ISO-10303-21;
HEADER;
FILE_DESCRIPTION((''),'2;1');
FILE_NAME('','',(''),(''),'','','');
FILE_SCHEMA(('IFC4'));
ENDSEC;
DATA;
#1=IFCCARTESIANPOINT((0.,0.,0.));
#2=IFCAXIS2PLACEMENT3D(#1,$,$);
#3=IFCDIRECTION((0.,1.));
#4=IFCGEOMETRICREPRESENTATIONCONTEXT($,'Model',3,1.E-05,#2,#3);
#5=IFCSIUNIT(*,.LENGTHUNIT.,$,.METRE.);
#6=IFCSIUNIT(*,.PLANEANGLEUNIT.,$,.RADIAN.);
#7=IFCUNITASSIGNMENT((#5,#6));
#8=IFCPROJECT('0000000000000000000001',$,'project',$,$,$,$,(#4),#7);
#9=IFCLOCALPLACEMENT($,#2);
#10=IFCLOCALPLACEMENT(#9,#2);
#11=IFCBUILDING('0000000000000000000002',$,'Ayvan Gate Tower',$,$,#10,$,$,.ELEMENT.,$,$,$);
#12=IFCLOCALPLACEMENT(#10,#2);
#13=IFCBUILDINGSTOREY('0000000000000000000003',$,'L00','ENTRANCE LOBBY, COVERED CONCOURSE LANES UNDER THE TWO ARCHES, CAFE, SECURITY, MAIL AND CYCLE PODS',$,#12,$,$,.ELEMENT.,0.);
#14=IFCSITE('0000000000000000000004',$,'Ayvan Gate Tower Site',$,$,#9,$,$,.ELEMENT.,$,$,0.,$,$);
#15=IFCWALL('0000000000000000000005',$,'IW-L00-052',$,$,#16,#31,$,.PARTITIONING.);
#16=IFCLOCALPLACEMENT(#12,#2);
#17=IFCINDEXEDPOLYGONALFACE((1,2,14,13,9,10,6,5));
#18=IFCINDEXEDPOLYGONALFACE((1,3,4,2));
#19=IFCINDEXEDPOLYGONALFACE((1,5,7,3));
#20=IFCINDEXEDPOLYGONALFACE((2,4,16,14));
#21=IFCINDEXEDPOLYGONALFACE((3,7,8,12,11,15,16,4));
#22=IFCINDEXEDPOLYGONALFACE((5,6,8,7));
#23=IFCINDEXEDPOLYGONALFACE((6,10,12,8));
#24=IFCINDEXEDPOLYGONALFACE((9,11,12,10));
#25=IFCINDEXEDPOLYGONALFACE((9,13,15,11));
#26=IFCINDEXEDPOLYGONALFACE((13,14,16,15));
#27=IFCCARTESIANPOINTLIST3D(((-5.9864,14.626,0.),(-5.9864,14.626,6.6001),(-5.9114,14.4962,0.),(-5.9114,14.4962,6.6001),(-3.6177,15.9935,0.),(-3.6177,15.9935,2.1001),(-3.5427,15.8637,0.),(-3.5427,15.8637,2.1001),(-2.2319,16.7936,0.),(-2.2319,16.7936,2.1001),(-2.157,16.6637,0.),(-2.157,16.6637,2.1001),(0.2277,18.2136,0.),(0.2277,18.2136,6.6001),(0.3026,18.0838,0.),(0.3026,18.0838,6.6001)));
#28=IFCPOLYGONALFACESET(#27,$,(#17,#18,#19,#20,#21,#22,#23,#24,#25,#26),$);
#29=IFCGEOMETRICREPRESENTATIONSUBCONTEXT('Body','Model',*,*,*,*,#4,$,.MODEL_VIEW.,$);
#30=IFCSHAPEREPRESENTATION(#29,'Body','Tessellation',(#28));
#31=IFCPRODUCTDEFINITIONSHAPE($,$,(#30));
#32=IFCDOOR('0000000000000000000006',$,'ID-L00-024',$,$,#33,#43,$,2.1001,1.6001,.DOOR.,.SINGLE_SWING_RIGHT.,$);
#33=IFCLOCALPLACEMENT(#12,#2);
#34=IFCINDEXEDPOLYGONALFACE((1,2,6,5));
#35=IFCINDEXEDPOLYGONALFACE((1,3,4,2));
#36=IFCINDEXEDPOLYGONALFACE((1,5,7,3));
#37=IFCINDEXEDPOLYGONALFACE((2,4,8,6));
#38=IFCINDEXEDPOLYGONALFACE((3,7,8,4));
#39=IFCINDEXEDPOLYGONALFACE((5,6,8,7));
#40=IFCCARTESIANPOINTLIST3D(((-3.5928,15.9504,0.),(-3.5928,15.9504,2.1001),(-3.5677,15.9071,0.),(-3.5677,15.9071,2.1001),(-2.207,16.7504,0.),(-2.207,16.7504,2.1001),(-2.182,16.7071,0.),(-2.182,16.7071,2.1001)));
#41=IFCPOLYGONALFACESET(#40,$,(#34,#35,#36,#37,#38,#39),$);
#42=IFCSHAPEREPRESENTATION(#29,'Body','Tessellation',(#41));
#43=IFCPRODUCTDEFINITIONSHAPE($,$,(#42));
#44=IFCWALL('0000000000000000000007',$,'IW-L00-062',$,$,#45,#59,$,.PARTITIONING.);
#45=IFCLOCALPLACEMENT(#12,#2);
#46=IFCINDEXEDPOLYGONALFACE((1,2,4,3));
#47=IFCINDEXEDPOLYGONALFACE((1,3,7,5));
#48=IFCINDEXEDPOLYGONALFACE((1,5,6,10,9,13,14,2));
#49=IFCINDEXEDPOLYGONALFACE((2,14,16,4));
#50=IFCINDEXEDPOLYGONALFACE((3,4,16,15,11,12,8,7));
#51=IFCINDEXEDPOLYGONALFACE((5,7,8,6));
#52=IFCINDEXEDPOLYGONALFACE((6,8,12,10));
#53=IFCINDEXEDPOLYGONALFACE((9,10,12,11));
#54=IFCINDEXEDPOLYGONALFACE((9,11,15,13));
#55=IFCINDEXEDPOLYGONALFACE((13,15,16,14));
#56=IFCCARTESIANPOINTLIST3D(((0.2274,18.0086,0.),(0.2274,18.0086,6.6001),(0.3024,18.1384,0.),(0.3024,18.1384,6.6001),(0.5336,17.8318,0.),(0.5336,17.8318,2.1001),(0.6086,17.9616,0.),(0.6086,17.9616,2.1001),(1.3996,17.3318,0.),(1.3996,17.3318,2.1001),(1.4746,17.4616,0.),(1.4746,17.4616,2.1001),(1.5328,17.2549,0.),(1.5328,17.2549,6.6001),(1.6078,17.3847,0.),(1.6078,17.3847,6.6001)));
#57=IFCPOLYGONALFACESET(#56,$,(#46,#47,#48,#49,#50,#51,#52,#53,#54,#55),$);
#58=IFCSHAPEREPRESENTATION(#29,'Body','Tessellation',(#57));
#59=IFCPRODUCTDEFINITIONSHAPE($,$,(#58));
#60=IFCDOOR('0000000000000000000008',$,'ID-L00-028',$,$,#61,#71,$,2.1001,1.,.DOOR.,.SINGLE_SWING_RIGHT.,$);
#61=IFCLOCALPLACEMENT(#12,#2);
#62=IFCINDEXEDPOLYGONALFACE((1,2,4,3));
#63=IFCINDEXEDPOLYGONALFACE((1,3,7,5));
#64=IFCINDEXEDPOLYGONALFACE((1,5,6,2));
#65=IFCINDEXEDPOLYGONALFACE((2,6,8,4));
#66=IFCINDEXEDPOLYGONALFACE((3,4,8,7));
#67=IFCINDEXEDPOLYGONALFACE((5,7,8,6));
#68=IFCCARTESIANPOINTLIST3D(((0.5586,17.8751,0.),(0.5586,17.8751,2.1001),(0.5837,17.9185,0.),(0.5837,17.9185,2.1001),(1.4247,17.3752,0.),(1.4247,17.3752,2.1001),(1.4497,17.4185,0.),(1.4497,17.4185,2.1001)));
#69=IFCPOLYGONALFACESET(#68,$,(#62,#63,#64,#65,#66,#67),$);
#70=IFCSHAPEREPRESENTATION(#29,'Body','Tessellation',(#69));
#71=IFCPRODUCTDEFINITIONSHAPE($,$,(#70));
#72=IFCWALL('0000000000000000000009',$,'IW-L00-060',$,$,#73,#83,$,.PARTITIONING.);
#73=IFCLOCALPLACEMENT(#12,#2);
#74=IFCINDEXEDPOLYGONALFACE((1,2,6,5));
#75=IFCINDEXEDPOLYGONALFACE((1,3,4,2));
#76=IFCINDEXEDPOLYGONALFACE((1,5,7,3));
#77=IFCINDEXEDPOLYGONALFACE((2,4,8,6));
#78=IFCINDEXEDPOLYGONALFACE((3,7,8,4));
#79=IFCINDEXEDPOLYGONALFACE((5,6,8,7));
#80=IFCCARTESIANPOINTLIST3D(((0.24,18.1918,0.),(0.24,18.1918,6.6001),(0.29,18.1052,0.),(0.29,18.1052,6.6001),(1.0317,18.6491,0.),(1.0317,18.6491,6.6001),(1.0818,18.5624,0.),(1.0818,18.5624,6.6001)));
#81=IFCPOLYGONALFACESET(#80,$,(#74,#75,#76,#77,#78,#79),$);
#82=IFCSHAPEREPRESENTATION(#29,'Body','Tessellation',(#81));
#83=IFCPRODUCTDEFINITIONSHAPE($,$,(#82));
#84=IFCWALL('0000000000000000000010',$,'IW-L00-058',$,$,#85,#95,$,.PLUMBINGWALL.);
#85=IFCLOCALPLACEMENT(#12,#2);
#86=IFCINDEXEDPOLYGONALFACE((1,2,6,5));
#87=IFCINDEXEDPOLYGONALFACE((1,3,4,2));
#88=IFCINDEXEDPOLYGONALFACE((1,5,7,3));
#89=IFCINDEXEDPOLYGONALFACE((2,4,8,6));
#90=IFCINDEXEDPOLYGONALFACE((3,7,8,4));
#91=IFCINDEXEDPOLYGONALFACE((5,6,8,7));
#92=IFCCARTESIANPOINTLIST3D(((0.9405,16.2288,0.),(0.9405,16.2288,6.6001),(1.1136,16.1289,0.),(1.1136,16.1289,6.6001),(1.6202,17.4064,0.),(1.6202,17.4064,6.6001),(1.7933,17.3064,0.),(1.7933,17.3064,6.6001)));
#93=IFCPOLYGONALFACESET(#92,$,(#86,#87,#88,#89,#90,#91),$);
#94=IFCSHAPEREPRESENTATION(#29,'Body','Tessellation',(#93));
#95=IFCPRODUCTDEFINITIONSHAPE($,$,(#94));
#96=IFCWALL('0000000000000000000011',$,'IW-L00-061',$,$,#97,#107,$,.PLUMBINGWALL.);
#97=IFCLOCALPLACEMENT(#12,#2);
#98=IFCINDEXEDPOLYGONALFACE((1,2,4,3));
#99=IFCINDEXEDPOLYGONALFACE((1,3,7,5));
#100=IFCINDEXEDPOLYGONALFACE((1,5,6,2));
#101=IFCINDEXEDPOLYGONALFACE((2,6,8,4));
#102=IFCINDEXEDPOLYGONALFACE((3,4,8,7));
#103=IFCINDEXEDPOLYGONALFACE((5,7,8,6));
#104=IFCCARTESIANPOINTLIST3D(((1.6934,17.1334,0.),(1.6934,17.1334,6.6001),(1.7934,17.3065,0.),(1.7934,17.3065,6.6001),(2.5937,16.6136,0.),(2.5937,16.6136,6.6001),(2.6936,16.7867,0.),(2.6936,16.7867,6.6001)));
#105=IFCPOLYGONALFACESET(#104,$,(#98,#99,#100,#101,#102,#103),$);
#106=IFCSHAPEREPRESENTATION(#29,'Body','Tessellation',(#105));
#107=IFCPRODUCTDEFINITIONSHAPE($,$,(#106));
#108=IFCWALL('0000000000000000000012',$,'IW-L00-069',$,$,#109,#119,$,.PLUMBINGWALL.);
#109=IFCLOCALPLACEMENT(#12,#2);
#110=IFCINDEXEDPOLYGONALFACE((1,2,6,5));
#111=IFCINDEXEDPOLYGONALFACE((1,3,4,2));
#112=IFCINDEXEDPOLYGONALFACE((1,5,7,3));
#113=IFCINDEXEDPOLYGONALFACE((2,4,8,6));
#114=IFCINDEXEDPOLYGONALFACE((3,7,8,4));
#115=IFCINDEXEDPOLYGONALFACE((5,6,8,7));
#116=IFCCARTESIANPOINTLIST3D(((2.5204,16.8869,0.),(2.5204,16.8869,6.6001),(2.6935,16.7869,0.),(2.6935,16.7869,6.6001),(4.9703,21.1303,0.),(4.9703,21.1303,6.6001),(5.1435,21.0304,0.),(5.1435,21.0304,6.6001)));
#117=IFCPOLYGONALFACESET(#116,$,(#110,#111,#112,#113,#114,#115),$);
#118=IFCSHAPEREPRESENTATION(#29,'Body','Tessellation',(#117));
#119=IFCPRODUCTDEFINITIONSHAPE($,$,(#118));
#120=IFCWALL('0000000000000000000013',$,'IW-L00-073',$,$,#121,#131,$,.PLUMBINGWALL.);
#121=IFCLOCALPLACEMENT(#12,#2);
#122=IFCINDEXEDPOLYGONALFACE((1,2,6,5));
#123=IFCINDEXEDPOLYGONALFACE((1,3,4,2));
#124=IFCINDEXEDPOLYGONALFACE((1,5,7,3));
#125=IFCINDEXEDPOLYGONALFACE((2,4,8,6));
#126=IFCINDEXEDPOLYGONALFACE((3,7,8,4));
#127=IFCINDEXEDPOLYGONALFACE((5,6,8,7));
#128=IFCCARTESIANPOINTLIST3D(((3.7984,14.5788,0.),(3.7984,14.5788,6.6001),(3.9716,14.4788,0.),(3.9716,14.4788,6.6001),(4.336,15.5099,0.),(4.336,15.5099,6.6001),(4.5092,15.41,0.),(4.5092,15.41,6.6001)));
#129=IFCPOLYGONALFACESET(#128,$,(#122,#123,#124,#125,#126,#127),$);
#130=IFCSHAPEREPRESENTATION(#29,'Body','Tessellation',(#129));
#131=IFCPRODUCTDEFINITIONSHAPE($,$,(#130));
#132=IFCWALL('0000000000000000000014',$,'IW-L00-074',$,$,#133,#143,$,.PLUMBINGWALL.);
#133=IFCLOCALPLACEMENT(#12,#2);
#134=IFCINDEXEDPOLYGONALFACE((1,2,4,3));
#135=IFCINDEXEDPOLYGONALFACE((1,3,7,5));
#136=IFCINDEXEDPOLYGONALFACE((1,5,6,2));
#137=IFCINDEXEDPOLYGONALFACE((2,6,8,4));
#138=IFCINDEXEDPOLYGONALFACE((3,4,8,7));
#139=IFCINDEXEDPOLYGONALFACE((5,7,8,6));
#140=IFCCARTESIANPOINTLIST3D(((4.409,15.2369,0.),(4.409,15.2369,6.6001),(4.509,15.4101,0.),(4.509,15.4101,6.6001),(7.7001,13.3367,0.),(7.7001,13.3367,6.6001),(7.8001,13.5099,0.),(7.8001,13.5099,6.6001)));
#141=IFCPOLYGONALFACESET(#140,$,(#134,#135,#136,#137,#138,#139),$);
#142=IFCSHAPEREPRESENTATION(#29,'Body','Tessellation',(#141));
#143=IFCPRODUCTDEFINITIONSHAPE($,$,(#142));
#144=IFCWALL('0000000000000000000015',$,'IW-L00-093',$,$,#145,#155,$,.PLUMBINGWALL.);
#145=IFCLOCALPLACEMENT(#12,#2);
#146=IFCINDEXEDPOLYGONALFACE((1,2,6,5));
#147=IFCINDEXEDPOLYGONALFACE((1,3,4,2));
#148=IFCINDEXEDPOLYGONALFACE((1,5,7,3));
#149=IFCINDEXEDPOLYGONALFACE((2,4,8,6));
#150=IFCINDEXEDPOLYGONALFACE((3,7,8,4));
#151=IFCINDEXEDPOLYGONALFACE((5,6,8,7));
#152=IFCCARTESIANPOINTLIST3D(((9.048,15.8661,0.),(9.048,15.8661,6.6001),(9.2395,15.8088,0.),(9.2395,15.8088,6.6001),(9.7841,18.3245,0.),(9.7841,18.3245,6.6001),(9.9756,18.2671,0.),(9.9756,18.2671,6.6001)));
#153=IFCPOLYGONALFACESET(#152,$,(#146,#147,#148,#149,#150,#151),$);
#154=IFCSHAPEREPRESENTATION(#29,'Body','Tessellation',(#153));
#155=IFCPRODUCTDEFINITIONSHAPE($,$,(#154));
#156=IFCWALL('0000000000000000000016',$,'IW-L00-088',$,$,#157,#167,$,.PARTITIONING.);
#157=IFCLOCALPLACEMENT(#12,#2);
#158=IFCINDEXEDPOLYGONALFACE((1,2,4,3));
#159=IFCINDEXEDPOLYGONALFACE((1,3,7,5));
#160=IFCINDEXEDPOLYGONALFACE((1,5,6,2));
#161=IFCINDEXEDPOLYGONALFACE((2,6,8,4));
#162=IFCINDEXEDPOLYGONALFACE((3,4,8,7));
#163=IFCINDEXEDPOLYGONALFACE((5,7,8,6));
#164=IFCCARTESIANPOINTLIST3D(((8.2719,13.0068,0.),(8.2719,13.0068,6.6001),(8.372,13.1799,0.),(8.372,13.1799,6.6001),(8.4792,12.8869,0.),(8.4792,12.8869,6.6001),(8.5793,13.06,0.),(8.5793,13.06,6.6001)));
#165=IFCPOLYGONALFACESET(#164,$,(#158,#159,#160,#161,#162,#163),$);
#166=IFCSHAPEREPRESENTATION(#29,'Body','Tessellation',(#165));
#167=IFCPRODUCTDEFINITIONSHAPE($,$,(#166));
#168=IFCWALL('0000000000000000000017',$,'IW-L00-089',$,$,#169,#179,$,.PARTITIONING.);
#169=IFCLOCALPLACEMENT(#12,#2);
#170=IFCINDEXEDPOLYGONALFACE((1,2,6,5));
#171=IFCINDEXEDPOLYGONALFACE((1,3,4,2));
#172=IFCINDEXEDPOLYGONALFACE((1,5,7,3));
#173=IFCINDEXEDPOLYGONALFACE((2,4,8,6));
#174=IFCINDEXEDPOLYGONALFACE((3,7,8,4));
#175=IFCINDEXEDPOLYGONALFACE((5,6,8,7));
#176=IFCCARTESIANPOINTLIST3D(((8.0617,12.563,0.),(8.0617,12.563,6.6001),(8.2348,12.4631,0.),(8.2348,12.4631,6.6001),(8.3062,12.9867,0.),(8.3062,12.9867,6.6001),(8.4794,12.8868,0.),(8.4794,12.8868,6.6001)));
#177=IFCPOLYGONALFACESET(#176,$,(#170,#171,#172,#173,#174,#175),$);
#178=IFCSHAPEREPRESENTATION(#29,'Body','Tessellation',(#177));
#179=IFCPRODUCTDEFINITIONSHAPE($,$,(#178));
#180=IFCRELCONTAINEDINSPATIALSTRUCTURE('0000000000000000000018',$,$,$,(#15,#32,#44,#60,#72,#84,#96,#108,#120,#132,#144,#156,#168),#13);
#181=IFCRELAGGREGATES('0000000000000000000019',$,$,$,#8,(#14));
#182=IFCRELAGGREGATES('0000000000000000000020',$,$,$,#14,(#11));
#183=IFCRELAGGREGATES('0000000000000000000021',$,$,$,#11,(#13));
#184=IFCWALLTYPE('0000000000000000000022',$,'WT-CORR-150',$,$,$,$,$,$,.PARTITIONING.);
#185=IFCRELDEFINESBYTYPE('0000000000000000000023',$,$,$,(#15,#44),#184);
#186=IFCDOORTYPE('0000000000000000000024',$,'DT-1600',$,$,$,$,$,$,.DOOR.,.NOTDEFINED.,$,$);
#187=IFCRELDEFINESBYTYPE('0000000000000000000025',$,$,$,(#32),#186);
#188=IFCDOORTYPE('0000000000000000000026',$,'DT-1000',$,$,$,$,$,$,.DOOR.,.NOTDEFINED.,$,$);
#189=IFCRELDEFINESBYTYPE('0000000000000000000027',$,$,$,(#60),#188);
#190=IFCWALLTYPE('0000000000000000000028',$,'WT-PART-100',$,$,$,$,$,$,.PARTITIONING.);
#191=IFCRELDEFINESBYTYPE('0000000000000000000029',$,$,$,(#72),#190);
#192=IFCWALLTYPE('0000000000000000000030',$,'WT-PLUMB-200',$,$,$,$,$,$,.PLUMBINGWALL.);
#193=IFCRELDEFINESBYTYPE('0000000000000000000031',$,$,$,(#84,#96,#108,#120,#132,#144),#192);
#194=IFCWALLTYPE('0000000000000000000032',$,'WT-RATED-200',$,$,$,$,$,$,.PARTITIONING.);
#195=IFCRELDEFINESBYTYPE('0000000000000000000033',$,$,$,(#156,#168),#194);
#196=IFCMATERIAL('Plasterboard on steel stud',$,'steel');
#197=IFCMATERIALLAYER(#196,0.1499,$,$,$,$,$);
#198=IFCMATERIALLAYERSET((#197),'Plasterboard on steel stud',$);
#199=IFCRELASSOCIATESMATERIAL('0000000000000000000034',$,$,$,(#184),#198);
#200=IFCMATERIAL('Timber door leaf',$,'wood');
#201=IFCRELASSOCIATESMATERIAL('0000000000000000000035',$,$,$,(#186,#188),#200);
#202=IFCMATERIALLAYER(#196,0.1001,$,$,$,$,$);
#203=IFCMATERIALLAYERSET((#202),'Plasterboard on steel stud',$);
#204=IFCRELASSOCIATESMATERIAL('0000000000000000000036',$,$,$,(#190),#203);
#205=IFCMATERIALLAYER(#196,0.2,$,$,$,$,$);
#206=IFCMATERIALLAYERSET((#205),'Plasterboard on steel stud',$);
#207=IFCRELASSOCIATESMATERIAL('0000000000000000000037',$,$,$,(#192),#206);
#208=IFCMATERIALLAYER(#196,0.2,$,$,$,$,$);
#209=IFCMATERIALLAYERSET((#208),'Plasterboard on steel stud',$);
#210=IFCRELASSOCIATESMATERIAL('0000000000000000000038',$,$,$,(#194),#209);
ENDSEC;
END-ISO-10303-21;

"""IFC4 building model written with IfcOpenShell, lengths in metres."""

from ifc_helpers import new_model, si_unit, direction, frame, frame_2d, origin, place, context, subcontext, project, spatial, rectangle, extrude, material, layer, layer_set, type_object, element, fill, save


model = new_model("IFC4")

# Units and contexts
model_context = context("Model", 3, precision=1e-05, world=origin(), true_north=direction((0.0, 1.0)))
body_context = subcontext(model_context, "Body", "Model", "MODEL_VIEW")
ifc_project = project(units=[si_unit("LENGTHUNIT", "METRE"), si_unit("PLANEANGLEUNIT", "RADIAN")], contexts=[model_context])

# Site, building, storey
site_placement = place(None, origin())
site = spatial("IfcSite", under=ifc_project, at=site_placement, Name="Ayvan Gate Tower Site", CompositionType="ELEMENT", RefElevation=0.0)
building_placement = place(site_placement, origin())
building = spatial("IfcBuilding", under=site, at=building_placement, Name="Ayvan Gate Tower", CompositionType="ELEMENT")
storey_placement = place(building_placement, origin())
storey = spatial("IfcBuildingStorey", under=building, at=storey_placement, Name="L00", Description="ENTRANCE LOBBY, COVERED CONCOURSE LANES UNDER THE TWO ARCHES, CAFE, SECURITY, MAIL AND CYCLE PODS", CompositionType="ELEMENT", Elevation=0.0)

# Walls, openings, doors
ifc_material_1 = material(Name="Plasterboard on steel stud", Category="steel")
ifc_layer_1 = layer(ifc_material_1, 0.1499)
ifc_layer_set_1 = layer_set([ifc_layer_1], Name="Plasterboard on steel stud")
wall_type_1 = type_object("IfcWallType", Name="WT-CORR-150", PredefinedType="PARTITIONING", material=ifc_layer_set_1)
wall_1_placement = place(storey_placement, frame((0.2651, 18.1487, 0.0), z_axis=(0.0, 0.0, 1.0), x_axis=(-0.86603, -0.499992, 0.0)))
wall_1 = element("IfcWall", 1, at=wall_1_placement, inside=storey, type_object=wall_type_1, Name="IW-L00-052", PredefinedType="PARTITIONING", context=body_context, shape_type="SweptSolid", body=[
    extrude(rectangle(XDim=7.1753, YDim=0.1499, at=frame_2d((3.5876, 0.0))), origin(), (0.0, 0.0, 1.0), 6.6001),
])
opening_1_placement = place(wall_1_placement, frame((2.8401, 0.0, 0.0)))
opening_1 = element("IfcOpeningElement", 2, at=opening_1_placement, cuts=wall_1, PredefinedType="OPENING", context=body_context, shape_type="SweptSolid", body=[
    extrude(rectangle(XDim=1.6001, YDim=2.1001, at=frame_2d((0.8, 1.05))), frame((0.0, 0.085, 0.0), z_axis=(0.0, -1.0, 0.0), x_axis=(1.0, 0.0, 0.0)), (0.0, 0.0, 1.0), 0.1699),
])
ifc_material_2 = material(Name="Timber door leaf", Category="wood")
door_type_1 = type_object("IfcDoorType", Name="DT-1600", OperationType="NOTDEFINED", PredefinedType="DOOR", material=ifc_material_2)
door_1_placement = place(opening_1_placement, origin())
door_1 = element("IfcDoor", 3, at=door_1_placement, inside=storey, type_object=door_type_1, Name="ID-L00-024", OperationType="SINGLE_SWING_RIGHT", OverallHeight=2.1001, OverallWidth=1.6001, PredefinedType="DOOR", context=body_context, shape_type="SweptSolid", body=[
    extrude(rectangle(XDim=1.6001, YDim=2.1001, at=frame_2d((0.8, 1.05))), frame((0.0, 0.0249, 0.0), z_axis=(0.0, -1.0, 0.0), x_axis=(1.0, 0.0, 0.0)), (0.0, 0.0, 1.0), 0.05),
])
fill(opening_1, door_1)
wall_2_placement = place(storey_placement, frame((1.5703, 17.3198, 0.0), z_axis=(0.0, 0.0, 1.0), x_axis=(-0.866032, 0.499989, 0.0)))
wall_2 = element("IfcWall", 4, at=wall_2_placement, inside=storey, type_object=wall_type_1, Name="IW-L00-062", PredefinedType="PARTITIONING", context=body_context, shape_type="SweptSolid", body=[
    extrude(rectangle(XDim=1.5073, YDim=0.1499, at=frame_2d((0.7537, 0.0))), origin(), (0.0, 0.0, 1.0), 6.6001),
])
opening_2_placement = place(wall_2_placement, frame((0.1538, 0.0, 0.0)))
opening_2 = element("IfcOpeningElement", 5, at=opening_2_placement, cuts=wall_2, PredefinedType="OPENING", context=body_context, shape_type="SweptSolid", body=[
    extrude(rectangle(XDim=1.0, YDim=2.1001, at=frame_2d((0.5, 1.05))), frame((0.0, 0.085, 0.0), z_axis=(0.0, -1.0, 0.0), x_axis=(1.0, 0.0, 0.0)), (0.0, 0.0, 1.0), 0.1699),
])
door_type_2 = type_object("IfcDoorType", Name="DT-1000", OperationType="NOTDEFINED", PredefinedType="DOOR", material=ifc_material_2)
door_2_placement = place(opening_2_placement, origin())
door_2 = element("IfcDoor", 6, at=door_2_placement, inside=storey, type_object=door_type_2, Name="ID-L00-028", OperationType="SINGLE_SWING_RIGHT", OverallHeight=2.1001, OverallWidth=1.0, PredefinedType="DOOR", context=body_context, shape_type="SweptSolid", body=[
    extrude(rectangle(XDim=1.0, YDim=2.1001, at=frame_2d((0.5, 1.05))), frame((0.0, 0.0249, 0.0), z_axis=(0.0, -1.0, 0.0), x_axis=(1.0, 0.0, 0.0)), (0.0, 0.0, 1.0), 0.05),
])
fill(opening_2, door_2)

# Walls
ifc_layer_2 = layer(ifc_material_1, 0.1001)
ifc_layer_set_2 = layer_set([ifc_layer_2], Name="Plasterboard on steel stud")
wall_type_2 = type_object("IfcWallType", Name="WT-PART-100", PredefinedType="PARTITIONING", material=ifc_layer_set_2)
wall_3_placement = place(storey_placement, frame((1.0566, 18.6057, 0.0), z_axis=(0.0, 0.0, 1.0), x_axis=(-0.86595, -0.500131, 0.0)))
element("IfcWall", 7, at=wall_3_placement, inside=storey, type_object=wall_type_2, Name="IW-L00-060", PredefinedType="PARTITIONING", context=body_context, shape_type="SweptSolid", body=[
    extrude(rectangle(XDim=0.9143, YDim=0.1001, at=frame_2d((0.457, 0.0))), origin(), (0.0, 0.0, 1.0), 6.6001),
])
ifc_layer_3 = layer(ifc_material_1, 0.2)
ifc_layer_set_3 = layer_set([ifc_layer_3], Name="Plasterboard on steel stud")
wall_type_3 = type_object("IfcWallType", Name="WT-PLUMB-200", PredefinedType="PLUMBINGWALL", material=ifc_layer_set_3)
wall_4_placement = place(storey_placement, frame((1.0271, 16.179, 0.0), z_axis=(0.0, 0.0, 1.0), x_axis=(0.499925, 0.866069, 0.0)))
element("IfcWall", 8, at=wall_4_placement, inside=storey, type_object=wall_type_3, Name="IW-L00-058", PredefinedType="PLUMBINGWALL", context=body_context, shape_type="SweptSolid", body=[
    extrude(rectangle(XDim=1.3596, YDim=0.2, at=frame_2d((0.6797, 0.0))), origin(), (0.0, 0.0, 1.0), 6.6001),
])
wall_5_placement = place(storey_placement, frame((1.7434, 17.22, 0.0), z_axis=(0.0, 0.0, 1.0), x_axis=(0.865994, -0.500055, 0.0)))
element("IfcWall", 9, at=wall_5_placement, inside=storey, type_object=wall_type_3, Name="IW-L00-061", PredefinedType="PLUMBINGWALL", context=body_context, shape_type="SweptSolid", body=[
    extrude(rectangle(XDim=1.0396, YDim=0.2, at=frame_2d((0.5198, 0.0))), origin(), (0.0, 0.0, 1.0), 6.6001),
])
wall_6_placement = place(storey_placement, frame((2.6069, 16.8369, 0.0), z_axis=(0.0, 0.0, 1.0), x_axis=(0.500003, 0.866024, 0.0)))
element("IfcWall", 10, at=wall_6_placement, inside=storey, type_object=wall_type_3, Name="IW-L00-069", PredefinedType="PLUMBINGWALL", context=body_context, shape_type="SweptSolid", body=[
    extrude(rectangle(XDim=4.8999, YDim=0.2, at=frame_2d((2.45, 0.0))), origin(), (0.0, 0.0, 1.0), 6.6001),
])
wall_7_placement = place(storey_placement, frame((3.885, 14.5288, 0.0), z_axis=(0.0, 0.0, 1.0), x_axis=(0.499998, 0.866027, 0.0)))
element("IfcWall", 11, at=wall_7_placement, inside=storey, type_object=wall_type_3, Name="IW-L00-073", PredefinedType="PLUMBINGWALL", context=body_context, shape_type="SweptSolid", body=[
    extrude(rectangle(XDim=1.0752, YDim=0.2, at=frame_2d((0.5376, 0.0))), origin(), (0.0, 0.0, 1.0), 6.6001),
])
wall_8_placement = place(storey_placement, frame((4.459, 15.3235, 0.0), z_axis=(0.0, 0.0, 1.0), x_axis=(0.866017, -0.500015, 0.0)))
element("IfcWall", 12, at=wall_8_placement, inside=storey, type_object=wall_type_3, Name="IW-L00-074", PredefinedType="PLUMBINGWALL", context=body_context, shape_type="SweptSolid", body=[
    extrude(rectangle(XDim=3.8003, YDim=0.2, at=frame_2d((1.9001, 0.0))), origin(), (0.0, 0.0, 1.0), 6.6001),
])
wall_9_placement = place(storey_placement, frame((9.8799, 18.2959, 0.0), z_axis=(0.0, 0.0, 1.0), x_axis=(-0.28685, -0.957975, 0.0)))
element("IfcWall", 13, at=wall_9_placement, inside=storey, type_object=wall_type_3, Name="IW-L00-093", PredefinedType="PLUMBINGWALL", context=body_context, shape_type="SweptSolid", body=[
    extrude(rectangle(XDim=2.5662, YDim=0.2, at=frame_2d((1.2832, 0.0))), origin(), (0.0, 0.0, 1.0), 6.6001),
])
ifc_layer_4 = layer(ifc_material_1, 0.2)
ifc_layer_set_4 = layer_set([ifc_layer_4], Name="Plasterboard on steel stud")
wall_type_4 = type_object("IfcWallType", Name="WT-RATED-200", PredefinedType="PARTITIONING", material=ifc_layer_set_4)
wall_10_placement = place(storey_placement, frame((8.322, 13.0933, 0.0), z_axis=(0.0, 0.0, 1.0), x_axis=(0.865659, -0.500634, 0.0)))
element("IfcWall", 14, at=wall_10_placement, inside=storey, type_object=wall_type_4, Name="IW-L00-088", PredefinedType="PARTITIONING", context=body_context, shape_type="SweptSolid", body=[
    extrude(rectangle(XDim=0.2395, YDim=0.2, at=frame_2d((0.1196, 0.0))), origin(), (0.0, 0.0, 1.0), 6.6001),
])
wall_11_placement = place(storey_placement, frame((8.3928, 12.9368, 0.0), z_axis=(0.0, 0.0, 1.0), x_axis=(-0.499895, -0.866086, 0.0)))
element("IfcWall", 15, at=wall_11_placement, inside=storey, type_object=wall_type_4, Name="IW-L00-089", PredefinedType="PARTITIONING", context=body_context, shape_type="SweptSolid", body=[
    extrude(rectangle(XDim=0.4893, YDim=0.2, at=frame_2d((0.2446, 0.0))), origin(), (0.0, 0.0, 1.0), 6.6001),
])

save(model, "model.ifc")
